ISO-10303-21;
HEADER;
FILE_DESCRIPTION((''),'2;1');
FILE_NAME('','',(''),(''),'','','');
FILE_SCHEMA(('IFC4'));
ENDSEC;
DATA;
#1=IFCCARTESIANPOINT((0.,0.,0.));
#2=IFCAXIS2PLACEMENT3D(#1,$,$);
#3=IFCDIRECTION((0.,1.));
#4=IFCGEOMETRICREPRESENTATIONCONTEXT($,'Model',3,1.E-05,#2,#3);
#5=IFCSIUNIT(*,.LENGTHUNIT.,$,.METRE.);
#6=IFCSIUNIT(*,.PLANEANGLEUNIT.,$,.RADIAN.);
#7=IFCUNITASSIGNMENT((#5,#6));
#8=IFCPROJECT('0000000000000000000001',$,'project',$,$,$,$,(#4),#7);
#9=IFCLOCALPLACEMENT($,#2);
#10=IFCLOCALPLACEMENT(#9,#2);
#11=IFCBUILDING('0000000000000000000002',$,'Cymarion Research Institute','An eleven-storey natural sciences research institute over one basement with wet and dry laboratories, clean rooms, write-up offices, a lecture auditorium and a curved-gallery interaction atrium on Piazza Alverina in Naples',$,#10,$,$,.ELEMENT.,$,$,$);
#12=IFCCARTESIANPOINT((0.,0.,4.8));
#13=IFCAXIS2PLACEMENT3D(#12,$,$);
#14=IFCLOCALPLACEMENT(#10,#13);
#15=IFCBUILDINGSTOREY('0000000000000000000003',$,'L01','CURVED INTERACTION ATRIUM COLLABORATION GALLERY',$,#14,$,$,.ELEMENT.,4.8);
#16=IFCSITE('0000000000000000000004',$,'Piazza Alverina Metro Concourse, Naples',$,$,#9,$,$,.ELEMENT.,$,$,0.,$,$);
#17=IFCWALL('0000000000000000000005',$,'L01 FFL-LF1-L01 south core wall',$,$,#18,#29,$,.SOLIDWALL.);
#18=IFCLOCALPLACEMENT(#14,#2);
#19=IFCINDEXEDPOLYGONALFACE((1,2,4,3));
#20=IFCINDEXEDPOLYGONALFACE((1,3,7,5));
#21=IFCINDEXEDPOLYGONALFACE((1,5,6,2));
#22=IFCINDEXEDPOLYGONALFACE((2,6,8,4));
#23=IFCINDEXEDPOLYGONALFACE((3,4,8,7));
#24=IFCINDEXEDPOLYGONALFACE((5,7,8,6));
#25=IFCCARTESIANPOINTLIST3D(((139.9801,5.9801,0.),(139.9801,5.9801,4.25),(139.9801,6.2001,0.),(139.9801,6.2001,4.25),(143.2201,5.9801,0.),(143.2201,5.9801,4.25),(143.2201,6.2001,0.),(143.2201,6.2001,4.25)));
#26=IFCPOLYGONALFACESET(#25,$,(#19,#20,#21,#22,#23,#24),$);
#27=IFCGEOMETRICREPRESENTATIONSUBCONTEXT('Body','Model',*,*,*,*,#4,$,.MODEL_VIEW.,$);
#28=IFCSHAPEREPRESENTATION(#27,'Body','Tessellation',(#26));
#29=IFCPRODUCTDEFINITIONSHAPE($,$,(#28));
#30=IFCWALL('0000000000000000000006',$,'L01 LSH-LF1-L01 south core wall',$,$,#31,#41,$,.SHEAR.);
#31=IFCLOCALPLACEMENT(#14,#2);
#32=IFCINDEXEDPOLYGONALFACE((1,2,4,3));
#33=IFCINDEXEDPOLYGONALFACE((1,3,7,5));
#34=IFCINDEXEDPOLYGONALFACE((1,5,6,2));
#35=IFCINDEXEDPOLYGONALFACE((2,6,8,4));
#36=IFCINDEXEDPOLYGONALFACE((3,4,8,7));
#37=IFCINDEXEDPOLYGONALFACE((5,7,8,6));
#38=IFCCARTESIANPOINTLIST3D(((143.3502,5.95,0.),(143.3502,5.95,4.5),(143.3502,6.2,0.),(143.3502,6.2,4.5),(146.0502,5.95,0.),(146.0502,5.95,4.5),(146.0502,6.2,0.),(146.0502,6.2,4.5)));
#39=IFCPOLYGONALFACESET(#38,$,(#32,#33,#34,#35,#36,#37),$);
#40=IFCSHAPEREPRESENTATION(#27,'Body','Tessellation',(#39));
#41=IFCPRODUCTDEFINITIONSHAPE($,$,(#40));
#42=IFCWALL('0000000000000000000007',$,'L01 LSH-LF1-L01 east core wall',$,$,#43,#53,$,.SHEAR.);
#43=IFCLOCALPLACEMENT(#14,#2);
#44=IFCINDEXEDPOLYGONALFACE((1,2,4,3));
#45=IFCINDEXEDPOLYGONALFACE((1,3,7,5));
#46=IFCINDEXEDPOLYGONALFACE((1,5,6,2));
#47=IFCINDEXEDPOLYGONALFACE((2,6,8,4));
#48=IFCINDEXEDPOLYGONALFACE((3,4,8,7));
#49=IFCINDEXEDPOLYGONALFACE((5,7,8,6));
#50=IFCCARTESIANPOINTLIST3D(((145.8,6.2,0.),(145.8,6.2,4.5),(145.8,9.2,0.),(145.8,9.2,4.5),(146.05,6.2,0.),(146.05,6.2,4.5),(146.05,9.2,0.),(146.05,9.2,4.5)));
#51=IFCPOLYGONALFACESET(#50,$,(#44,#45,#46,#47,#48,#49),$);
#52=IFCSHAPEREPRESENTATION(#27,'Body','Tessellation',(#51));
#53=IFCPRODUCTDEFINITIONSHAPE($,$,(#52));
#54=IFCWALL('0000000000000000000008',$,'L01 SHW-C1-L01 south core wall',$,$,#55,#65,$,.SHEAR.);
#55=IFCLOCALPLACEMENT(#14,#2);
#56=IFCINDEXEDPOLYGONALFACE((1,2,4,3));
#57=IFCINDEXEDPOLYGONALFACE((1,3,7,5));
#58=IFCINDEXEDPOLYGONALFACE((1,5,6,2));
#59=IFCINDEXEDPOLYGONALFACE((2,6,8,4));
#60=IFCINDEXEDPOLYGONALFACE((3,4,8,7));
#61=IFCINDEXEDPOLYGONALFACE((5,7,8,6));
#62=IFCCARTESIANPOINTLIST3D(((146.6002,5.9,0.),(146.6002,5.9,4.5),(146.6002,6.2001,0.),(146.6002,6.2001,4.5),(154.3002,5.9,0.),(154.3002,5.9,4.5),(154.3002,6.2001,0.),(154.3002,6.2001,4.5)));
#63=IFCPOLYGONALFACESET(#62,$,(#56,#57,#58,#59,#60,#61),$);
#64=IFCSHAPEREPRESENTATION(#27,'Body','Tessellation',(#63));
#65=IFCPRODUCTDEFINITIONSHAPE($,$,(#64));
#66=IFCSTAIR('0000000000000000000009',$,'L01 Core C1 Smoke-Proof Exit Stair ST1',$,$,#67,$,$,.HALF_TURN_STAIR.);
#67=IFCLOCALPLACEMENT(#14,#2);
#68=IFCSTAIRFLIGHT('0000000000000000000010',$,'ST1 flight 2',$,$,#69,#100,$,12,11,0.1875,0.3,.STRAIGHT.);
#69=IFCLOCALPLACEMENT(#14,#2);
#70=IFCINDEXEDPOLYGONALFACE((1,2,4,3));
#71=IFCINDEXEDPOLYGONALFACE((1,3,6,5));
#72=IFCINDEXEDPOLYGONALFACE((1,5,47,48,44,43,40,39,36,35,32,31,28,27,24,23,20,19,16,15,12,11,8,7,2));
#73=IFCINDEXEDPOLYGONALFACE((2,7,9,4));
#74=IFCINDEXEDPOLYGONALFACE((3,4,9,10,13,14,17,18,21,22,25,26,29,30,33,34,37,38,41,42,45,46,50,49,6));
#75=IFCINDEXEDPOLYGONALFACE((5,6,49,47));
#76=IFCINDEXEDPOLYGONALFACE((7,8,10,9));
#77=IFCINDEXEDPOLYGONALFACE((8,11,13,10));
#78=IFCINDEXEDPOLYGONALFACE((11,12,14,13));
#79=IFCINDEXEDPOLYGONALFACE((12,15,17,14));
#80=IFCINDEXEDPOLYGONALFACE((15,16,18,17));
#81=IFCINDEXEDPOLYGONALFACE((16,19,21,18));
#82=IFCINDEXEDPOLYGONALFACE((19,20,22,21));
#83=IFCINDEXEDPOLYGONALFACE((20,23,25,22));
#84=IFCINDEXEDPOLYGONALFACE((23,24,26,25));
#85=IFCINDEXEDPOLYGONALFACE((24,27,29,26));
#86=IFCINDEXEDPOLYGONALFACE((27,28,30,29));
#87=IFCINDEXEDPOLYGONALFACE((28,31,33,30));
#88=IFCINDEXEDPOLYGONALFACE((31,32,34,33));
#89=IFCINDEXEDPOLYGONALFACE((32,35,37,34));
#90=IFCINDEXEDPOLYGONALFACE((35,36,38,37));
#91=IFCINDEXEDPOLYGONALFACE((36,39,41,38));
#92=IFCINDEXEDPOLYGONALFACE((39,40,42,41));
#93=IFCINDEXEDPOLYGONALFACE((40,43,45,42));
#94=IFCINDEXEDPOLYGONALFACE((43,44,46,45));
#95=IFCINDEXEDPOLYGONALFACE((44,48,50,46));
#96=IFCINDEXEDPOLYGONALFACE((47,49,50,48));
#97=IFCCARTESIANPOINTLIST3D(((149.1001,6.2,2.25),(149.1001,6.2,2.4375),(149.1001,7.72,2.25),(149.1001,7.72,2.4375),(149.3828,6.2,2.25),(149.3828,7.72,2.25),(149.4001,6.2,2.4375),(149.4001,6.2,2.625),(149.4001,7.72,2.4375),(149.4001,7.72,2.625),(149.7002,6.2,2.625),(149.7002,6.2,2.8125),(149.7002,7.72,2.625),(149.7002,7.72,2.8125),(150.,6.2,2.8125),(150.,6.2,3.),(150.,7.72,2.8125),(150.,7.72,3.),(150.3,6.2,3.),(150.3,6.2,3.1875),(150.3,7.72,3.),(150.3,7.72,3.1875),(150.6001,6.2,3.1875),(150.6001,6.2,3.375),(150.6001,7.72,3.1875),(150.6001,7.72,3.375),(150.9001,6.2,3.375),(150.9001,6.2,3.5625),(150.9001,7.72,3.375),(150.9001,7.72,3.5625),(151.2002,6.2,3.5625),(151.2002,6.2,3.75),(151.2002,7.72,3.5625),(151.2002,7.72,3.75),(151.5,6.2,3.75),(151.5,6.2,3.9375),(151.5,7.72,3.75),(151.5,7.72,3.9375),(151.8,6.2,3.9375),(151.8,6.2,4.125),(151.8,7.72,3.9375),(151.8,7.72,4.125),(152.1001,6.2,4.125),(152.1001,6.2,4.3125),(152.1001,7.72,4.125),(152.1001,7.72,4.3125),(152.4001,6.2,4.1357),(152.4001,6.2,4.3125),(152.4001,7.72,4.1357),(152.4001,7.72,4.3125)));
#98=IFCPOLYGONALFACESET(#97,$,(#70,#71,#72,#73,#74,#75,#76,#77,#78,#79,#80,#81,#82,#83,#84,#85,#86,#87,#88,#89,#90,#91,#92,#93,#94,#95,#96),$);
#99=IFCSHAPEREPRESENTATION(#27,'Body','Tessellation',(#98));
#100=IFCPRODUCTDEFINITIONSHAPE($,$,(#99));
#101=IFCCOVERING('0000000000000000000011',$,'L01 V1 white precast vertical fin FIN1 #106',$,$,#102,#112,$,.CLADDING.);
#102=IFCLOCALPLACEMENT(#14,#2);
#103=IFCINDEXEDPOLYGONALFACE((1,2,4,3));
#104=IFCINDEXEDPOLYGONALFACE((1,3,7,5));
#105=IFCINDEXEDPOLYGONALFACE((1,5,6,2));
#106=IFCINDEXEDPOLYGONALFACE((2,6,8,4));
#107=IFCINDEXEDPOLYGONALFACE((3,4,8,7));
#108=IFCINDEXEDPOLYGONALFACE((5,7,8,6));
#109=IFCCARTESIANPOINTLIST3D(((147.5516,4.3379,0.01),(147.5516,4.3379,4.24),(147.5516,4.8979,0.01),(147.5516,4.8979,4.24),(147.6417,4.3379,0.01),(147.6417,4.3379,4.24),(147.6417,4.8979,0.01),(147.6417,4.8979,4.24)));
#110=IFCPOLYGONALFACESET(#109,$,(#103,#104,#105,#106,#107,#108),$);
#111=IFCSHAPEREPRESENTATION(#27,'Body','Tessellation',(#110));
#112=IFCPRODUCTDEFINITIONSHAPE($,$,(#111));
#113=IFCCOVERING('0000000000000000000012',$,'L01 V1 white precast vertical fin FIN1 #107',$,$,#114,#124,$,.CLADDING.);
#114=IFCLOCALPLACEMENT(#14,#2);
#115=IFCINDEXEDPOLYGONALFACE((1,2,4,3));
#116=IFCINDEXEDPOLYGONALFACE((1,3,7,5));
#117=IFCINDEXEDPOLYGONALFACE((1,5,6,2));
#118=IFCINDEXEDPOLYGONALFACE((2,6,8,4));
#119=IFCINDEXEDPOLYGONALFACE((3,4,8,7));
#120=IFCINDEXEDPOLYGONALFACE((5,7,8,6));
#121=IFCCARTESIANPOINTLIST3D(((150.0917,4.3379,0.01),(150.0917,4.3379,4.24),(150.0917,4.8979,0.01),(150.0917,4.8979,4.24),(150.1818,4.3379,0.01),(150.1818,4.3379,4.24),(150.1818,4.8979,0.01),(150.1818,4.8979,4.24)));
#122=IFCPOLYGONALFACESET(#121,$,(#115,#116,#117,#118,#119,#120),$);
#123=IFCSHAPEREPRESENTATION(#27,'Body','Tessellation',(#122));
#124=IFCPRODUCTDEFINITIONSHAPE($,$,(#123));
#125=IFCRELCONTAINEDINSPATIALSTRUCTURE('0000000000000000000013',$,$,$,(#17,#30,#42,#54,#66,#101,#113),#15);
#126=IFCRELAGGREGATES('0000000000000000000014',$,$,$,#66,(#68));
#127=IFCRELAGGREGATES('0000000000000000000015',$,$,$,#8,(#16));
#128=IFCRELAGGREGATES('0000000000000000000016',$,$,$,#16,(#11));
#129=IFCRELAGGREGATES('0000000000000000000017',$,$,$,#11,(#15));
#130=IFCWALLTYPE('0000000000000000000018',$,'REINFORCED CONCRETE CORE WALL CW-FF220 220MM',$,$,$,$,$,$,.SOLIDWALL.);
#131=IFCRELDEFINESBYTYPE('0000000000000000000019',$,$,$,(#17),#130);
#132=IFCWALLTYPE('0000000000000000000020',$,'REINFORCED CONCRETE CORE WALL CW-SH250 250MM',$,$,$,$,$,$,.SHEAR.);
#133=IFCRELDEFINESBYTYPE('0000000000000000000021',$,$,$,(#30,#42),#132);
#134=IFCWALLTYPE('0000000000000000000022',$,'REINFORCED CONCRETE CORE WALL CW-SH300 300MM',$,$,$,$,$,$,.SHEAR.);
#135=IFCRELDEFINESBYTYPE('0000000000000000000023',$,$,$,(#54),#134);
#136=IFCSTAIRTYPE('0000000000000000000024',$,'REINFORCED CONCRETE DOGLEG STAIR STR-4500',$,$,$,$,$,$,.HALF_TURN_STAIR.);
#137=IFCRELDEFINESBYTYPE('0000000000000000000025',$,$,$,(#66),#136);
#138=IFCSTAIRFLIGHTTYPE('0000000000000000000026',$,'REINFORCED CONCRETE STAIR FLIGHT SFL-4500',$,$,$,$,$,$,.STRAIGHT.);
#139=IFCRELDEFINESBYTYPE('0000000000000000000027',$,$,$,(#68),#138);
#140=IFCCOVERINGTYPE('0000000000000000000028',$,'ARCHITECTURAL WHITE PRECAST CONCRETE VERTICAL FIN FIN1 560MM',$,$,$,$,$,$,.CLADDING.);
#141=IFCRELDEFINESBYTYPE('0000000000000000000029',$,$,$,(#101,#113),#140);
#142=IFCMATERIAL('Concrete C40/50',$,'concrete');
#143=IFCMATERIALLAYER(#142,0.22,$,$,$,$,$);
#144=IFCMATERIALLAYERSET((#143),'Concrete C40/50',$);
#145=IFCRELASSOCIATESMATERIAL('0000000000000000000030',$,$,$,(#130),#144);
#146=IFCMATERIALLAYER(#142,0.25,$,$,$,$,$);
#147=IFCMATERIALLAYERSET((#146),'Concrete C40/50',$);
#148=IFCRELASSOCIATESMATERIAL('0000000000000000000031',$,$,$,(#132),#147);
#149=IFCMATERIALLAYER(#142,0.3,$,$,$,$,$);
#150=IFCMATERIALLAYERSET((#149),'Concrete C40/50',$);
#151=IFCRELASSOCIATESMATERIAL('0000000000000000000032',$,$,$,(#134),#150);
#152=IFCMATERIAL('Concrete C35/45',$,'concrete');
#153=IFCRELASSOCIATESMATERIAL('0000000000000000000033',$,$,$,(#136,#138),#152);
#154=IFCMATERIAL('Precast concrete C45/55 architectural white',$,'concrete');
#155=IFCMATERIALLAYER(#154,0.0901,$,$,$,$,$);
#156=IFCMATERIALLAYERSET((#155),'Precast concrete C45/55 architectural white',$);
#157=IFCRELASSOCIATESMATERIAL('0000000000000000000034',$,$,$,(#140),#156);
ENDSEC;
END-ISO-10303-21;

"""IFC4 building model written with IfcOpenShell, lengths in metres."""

from ifc_helpers import new_model, si_unit, direction, frame, frame_2d, origin, origin_2d, place, context, subcontext, project, spatial, polyline, rectangle, outline, extrude, material, layer, layer_set, type_object, element, aggregate, save


model = new_model("IFC4")

# Units and contexts
model_context = context("Model", 3, precision=1e-05, world=origin(), true_north=direction((0.0, 1.0)))
body_context = subcontext(model_context, "Body", "Model", "MODEL_VIEW")
ifc_project = project(units=[si_unit("LENGTHUNIT", "METRE"), si_unit("PLANEANGLEUNIT", "RADIAN")], contexts=[model_context])

# Site, building, storey
site_placement = place(None, origin())
site = spatial("IfcSite", under=ifc_project, at=site_placement, Name="Piazza Alverina Metro Concourse, Naples", CompositionType="ELEMENT", RefElevation=0.0)
building_placement = place(site_placement, origin())
building = spatial("IfcBuilding", under=site, at=building_placement, Name="Cymarion Research Institute", Description="An eleven-storey natural sciences research institute over one basement with wet and dry laboratories, clean rooms, write-up offices, a lecture auditorium and a curved-gallery interaction atrium on Piazza Alverina in Naples", CompositionType="ELEMENT")
storey_placement = place(building_placement, frame((0.0, 0.0, 4.8)))
storey = spatial("IfcBuildingStorey", under=building, at=storey_placement, Name="L01", Description="CURVED INTERACTION ATRIUM COLLABORATION GALLERY", CompositionType="ELEMENT", Elevation=4.8)

# Shared definitions
ifc_material_1 = material(Name="Concrete C40/50", Category="concrete")

# Walls
ifc_layer_1 = layer(ifc_material_1, 0.22)
ifc_layer_set_1 = layer_set([ifc_layer_1], Name="Concrete C40/50")
wall_type_1 = type_object("IfcWallType", Name="REINFORCED CONCRETE CORE WALL CW-FF220 220MM", PredefinedType="SOLIDWALL", material=ifc_layer_set_1)
wall_1_placement = place(storey_placement, frame((139.98, 6.0901, 0.0), z_axis=(0.0, 0.0, 1.0), x_axis=(1.0, 0.0, 0.0)))
element("IfcWall", 1, at=wall_1_placement, inside=storey, type_object=wall_type_1, Name="L01 FFL-LF1-L01 south core wall", PredefinedType="SOLIDWALL", context=body_context, shape_type="SweptSolid", body=[
    extrude(rectangle(XDim=3.24, YDim=0.22, at=frame_2d((1.6201, 0.0))), origin(), (0.0, 0.0, 1.0), 4.25),
])
ifc_layer_2 = layer(ifc_material_1, 0.25)
ifc_layer_set_2 = layer_set([ifc_layer_2], Name="Concrete C40/50")
wall_type_2 = type_object("IfcWallType", Name="REINFORCED CONCRETE CORE WALL CW-SH250 250MM", PredefinedType="SHEAR", material=ifc_layer_set_2)
wall_2_placement = place(storey_placement, frame((143.3501, 6.075, 0.0), z_axis=(0.0, 0.0, 1.0), x_axis=(1.0, 0.0, 0.0)))
element("IfcWall", 2, at=wall_2_placement, inside=storey, type_object=wall_type_2, Name="L01 LSH-LF1-L01 south core wall", PredefinedType="SHEAR", context=body_context, shape_type="SweptSolid", body=[
    extrude(rectangle(XDim=2.7, YDim=0.25, at=frame_2d((1.3501, 0.0))), origin(), (0.0, 0.0, 1.0), 4.5),
])
wall_3_placement = place(storey_placement, frame((145.925, 6.2, 0.0), z_axis=(0.0, 0.0, 1.0), x_axis=(0.0, 1.0, 0.0)))
element("IfcWall", 3, at=wall_3_placement, inside=storey, type_object=wall_type_2, Name="L01 LSH-LF1-L01 east core wall", PredefinedType="SHEAR", context=body_context, shape_type="SweptSolid", body=[
    extrude(rectangle(XDim=3.0, YDim=0.25, at=frame_2d((1.5, 0.0))), origin(), (0.0, 0.0, 1.0), 4.5),
])
ifc_layer_3 = layer(ifc_material_1, 0.3)
ifc_layer_set_3 = layer_set([ifc_layer_3], Name="Concrete C40/50")
wall_type_3 = type_object("IfcWallType", Name="REINFORCED CONCRETE CORE WALL CW-SH300 300MM", PredefinedType="SHEAR", material=ifc_layer_set_3)
wall_4_placement = place(storey_placement, frame((146.6001, 6.05, 0.0), z_axis=(0.0, 0.0, 1.0), x_axis=(1.0, 0.0, 0.0)))
element("IfcWall", 4, at=wall_4_placement, inside=storey, type_object=wall_type_3, Name="L01 SHW-C1-L01 south core wall", PredefinedType="SHEAR", context=body_context, shape_type="SweptSolid", body=[
    extrude(rectangle(XDim=7.7, YDim=0.3, at=frame_2d((3.8501, 0.0))), origin(), (0.0, 0.0, 1.0), 4.5),
])

# Stair, stair flight
ifc_material_2 = material(Name="Concrete C35/45", Category="concrete")
stair_type = type_object("IfcStairType", Name="REINFORCED CONCRETE DOGLEG STAIR STR-4500", PredefinedType="HALF_TURN_STAIR", material=ifc_material_2)
stair_placement = place(storey_placement, origin())
stair = element("IfcStair", 5, at=stair_placement, inside=storey, type_object=stair_type, Name="L01 Core C1 Smoke-Proof Exit Stair ST1", PredefinedType="HALF_TURN_STAIR")
stair_flight_type = type_object("IfcStairFlightType", Name="REINFORCED CONCRETE STAIR FLIGHT SFL-4500", PredefinedType="STRAIGHT", material=ifc_material_2)
stair_flight_placement = place(storey_placement, frame((149.1001, 6.96, 2.25), z_axis=(0.0, 0.0, 1.0), x_axis=(1.0, 0.0, 0.0)))
stair_flight = element("IfcStairFlight", 6, at=stair_flight_placement, type_object=stair_flight_type, Name="ST1 flight 2", NumberOfRisers=12, NumberOfTreads=11, PredefinedType="STRAIGHT", RiserHeight=0.1875, TreadLength=0.3, context=body_context, shape_type="SweptSolid", body=[
    extrude(outline(polyline([(0.0, 0.0), (0.0, 0.1875), (0.3, 0.1875), (0.3, 0.375), (0.6001, 0.375), (0.6001, 0.5625), (0.8999, 0.5625), (0.8999, 0.75), (1.2, 0.75), (1.2, 0.9375), (1.5, 0.9375), (1.5, 1.125), (1.8, 1.125), (1.8, 1.3125), (2.1001, 1.3125), (2.1001, 1.5), (2.3999, 1.5), (2.3999, 1.6875), (2.7, 1.6875), (2.7, 1.875), (3.0, 1.875), (3.0, 2.0625), (3.3, 2.0625), (3.3, 2.25), (3.3, 1.8857), (0.2827, 0.0), (0.0, 0.0)])), frame((0.0, 0.76, 0.0), z_axis=(0.0, -1.0, 0.0), x_axis=(1.0, 0.0, 0.0)), (0.0, 0.0, 1.0), 1.52),
])
aggregate(stair, [stair_flight])

# Coverings
ifc_material_3 = material(Name="Precast concrete C45/55 architectural white", Category="concrete")
ifc_layer_4 = layer(ifc_material_3, 0.0901)
ifc_layer_set_4 = layer_set([ifc_layer_4], Name="Precast concrete C45/55 architectural white")
covering_type = type_object("IfcCoveringType", Name="ARCHITECTURAL WHITE PRECAST CONCRETE VERTICAL FIN FIN1 560MM", PredefinedType="CLADDING", material=ifc_layer_set_4)
for number, where, z_axis, x_axis, name in (
    (7, (147.5967, 4.6179, 0.01), (0.0, 0.0, 1.0), (0.0, -1.0, 0.0), "L01 V1 white precast vertical fin FIN1 #106"),
    (8, (150.1367, 4.6179, 0.01), (0.0, 0.0, 1.0), (0.0, -1.0, 0.0), "L01 V1 white precast vertical fin FIN1 #107"),
):
    element("IfcCovering", number, at=place(storey_placement, frame(where, z_axis=z_axis, x_axis=x_axis)), inside=storey, type_object=covering_type, Name=name, PredefinedType="CLADDING", context=body_context, shape_type="SweptSolid", body=[
        extrude(rectangle(XDim=0.5601, YDim=0.0901, at=origin_2d()), origin(), (0.0, 0.0, 1.0), 4.23),
    ])

save(model, "model.ifc")
